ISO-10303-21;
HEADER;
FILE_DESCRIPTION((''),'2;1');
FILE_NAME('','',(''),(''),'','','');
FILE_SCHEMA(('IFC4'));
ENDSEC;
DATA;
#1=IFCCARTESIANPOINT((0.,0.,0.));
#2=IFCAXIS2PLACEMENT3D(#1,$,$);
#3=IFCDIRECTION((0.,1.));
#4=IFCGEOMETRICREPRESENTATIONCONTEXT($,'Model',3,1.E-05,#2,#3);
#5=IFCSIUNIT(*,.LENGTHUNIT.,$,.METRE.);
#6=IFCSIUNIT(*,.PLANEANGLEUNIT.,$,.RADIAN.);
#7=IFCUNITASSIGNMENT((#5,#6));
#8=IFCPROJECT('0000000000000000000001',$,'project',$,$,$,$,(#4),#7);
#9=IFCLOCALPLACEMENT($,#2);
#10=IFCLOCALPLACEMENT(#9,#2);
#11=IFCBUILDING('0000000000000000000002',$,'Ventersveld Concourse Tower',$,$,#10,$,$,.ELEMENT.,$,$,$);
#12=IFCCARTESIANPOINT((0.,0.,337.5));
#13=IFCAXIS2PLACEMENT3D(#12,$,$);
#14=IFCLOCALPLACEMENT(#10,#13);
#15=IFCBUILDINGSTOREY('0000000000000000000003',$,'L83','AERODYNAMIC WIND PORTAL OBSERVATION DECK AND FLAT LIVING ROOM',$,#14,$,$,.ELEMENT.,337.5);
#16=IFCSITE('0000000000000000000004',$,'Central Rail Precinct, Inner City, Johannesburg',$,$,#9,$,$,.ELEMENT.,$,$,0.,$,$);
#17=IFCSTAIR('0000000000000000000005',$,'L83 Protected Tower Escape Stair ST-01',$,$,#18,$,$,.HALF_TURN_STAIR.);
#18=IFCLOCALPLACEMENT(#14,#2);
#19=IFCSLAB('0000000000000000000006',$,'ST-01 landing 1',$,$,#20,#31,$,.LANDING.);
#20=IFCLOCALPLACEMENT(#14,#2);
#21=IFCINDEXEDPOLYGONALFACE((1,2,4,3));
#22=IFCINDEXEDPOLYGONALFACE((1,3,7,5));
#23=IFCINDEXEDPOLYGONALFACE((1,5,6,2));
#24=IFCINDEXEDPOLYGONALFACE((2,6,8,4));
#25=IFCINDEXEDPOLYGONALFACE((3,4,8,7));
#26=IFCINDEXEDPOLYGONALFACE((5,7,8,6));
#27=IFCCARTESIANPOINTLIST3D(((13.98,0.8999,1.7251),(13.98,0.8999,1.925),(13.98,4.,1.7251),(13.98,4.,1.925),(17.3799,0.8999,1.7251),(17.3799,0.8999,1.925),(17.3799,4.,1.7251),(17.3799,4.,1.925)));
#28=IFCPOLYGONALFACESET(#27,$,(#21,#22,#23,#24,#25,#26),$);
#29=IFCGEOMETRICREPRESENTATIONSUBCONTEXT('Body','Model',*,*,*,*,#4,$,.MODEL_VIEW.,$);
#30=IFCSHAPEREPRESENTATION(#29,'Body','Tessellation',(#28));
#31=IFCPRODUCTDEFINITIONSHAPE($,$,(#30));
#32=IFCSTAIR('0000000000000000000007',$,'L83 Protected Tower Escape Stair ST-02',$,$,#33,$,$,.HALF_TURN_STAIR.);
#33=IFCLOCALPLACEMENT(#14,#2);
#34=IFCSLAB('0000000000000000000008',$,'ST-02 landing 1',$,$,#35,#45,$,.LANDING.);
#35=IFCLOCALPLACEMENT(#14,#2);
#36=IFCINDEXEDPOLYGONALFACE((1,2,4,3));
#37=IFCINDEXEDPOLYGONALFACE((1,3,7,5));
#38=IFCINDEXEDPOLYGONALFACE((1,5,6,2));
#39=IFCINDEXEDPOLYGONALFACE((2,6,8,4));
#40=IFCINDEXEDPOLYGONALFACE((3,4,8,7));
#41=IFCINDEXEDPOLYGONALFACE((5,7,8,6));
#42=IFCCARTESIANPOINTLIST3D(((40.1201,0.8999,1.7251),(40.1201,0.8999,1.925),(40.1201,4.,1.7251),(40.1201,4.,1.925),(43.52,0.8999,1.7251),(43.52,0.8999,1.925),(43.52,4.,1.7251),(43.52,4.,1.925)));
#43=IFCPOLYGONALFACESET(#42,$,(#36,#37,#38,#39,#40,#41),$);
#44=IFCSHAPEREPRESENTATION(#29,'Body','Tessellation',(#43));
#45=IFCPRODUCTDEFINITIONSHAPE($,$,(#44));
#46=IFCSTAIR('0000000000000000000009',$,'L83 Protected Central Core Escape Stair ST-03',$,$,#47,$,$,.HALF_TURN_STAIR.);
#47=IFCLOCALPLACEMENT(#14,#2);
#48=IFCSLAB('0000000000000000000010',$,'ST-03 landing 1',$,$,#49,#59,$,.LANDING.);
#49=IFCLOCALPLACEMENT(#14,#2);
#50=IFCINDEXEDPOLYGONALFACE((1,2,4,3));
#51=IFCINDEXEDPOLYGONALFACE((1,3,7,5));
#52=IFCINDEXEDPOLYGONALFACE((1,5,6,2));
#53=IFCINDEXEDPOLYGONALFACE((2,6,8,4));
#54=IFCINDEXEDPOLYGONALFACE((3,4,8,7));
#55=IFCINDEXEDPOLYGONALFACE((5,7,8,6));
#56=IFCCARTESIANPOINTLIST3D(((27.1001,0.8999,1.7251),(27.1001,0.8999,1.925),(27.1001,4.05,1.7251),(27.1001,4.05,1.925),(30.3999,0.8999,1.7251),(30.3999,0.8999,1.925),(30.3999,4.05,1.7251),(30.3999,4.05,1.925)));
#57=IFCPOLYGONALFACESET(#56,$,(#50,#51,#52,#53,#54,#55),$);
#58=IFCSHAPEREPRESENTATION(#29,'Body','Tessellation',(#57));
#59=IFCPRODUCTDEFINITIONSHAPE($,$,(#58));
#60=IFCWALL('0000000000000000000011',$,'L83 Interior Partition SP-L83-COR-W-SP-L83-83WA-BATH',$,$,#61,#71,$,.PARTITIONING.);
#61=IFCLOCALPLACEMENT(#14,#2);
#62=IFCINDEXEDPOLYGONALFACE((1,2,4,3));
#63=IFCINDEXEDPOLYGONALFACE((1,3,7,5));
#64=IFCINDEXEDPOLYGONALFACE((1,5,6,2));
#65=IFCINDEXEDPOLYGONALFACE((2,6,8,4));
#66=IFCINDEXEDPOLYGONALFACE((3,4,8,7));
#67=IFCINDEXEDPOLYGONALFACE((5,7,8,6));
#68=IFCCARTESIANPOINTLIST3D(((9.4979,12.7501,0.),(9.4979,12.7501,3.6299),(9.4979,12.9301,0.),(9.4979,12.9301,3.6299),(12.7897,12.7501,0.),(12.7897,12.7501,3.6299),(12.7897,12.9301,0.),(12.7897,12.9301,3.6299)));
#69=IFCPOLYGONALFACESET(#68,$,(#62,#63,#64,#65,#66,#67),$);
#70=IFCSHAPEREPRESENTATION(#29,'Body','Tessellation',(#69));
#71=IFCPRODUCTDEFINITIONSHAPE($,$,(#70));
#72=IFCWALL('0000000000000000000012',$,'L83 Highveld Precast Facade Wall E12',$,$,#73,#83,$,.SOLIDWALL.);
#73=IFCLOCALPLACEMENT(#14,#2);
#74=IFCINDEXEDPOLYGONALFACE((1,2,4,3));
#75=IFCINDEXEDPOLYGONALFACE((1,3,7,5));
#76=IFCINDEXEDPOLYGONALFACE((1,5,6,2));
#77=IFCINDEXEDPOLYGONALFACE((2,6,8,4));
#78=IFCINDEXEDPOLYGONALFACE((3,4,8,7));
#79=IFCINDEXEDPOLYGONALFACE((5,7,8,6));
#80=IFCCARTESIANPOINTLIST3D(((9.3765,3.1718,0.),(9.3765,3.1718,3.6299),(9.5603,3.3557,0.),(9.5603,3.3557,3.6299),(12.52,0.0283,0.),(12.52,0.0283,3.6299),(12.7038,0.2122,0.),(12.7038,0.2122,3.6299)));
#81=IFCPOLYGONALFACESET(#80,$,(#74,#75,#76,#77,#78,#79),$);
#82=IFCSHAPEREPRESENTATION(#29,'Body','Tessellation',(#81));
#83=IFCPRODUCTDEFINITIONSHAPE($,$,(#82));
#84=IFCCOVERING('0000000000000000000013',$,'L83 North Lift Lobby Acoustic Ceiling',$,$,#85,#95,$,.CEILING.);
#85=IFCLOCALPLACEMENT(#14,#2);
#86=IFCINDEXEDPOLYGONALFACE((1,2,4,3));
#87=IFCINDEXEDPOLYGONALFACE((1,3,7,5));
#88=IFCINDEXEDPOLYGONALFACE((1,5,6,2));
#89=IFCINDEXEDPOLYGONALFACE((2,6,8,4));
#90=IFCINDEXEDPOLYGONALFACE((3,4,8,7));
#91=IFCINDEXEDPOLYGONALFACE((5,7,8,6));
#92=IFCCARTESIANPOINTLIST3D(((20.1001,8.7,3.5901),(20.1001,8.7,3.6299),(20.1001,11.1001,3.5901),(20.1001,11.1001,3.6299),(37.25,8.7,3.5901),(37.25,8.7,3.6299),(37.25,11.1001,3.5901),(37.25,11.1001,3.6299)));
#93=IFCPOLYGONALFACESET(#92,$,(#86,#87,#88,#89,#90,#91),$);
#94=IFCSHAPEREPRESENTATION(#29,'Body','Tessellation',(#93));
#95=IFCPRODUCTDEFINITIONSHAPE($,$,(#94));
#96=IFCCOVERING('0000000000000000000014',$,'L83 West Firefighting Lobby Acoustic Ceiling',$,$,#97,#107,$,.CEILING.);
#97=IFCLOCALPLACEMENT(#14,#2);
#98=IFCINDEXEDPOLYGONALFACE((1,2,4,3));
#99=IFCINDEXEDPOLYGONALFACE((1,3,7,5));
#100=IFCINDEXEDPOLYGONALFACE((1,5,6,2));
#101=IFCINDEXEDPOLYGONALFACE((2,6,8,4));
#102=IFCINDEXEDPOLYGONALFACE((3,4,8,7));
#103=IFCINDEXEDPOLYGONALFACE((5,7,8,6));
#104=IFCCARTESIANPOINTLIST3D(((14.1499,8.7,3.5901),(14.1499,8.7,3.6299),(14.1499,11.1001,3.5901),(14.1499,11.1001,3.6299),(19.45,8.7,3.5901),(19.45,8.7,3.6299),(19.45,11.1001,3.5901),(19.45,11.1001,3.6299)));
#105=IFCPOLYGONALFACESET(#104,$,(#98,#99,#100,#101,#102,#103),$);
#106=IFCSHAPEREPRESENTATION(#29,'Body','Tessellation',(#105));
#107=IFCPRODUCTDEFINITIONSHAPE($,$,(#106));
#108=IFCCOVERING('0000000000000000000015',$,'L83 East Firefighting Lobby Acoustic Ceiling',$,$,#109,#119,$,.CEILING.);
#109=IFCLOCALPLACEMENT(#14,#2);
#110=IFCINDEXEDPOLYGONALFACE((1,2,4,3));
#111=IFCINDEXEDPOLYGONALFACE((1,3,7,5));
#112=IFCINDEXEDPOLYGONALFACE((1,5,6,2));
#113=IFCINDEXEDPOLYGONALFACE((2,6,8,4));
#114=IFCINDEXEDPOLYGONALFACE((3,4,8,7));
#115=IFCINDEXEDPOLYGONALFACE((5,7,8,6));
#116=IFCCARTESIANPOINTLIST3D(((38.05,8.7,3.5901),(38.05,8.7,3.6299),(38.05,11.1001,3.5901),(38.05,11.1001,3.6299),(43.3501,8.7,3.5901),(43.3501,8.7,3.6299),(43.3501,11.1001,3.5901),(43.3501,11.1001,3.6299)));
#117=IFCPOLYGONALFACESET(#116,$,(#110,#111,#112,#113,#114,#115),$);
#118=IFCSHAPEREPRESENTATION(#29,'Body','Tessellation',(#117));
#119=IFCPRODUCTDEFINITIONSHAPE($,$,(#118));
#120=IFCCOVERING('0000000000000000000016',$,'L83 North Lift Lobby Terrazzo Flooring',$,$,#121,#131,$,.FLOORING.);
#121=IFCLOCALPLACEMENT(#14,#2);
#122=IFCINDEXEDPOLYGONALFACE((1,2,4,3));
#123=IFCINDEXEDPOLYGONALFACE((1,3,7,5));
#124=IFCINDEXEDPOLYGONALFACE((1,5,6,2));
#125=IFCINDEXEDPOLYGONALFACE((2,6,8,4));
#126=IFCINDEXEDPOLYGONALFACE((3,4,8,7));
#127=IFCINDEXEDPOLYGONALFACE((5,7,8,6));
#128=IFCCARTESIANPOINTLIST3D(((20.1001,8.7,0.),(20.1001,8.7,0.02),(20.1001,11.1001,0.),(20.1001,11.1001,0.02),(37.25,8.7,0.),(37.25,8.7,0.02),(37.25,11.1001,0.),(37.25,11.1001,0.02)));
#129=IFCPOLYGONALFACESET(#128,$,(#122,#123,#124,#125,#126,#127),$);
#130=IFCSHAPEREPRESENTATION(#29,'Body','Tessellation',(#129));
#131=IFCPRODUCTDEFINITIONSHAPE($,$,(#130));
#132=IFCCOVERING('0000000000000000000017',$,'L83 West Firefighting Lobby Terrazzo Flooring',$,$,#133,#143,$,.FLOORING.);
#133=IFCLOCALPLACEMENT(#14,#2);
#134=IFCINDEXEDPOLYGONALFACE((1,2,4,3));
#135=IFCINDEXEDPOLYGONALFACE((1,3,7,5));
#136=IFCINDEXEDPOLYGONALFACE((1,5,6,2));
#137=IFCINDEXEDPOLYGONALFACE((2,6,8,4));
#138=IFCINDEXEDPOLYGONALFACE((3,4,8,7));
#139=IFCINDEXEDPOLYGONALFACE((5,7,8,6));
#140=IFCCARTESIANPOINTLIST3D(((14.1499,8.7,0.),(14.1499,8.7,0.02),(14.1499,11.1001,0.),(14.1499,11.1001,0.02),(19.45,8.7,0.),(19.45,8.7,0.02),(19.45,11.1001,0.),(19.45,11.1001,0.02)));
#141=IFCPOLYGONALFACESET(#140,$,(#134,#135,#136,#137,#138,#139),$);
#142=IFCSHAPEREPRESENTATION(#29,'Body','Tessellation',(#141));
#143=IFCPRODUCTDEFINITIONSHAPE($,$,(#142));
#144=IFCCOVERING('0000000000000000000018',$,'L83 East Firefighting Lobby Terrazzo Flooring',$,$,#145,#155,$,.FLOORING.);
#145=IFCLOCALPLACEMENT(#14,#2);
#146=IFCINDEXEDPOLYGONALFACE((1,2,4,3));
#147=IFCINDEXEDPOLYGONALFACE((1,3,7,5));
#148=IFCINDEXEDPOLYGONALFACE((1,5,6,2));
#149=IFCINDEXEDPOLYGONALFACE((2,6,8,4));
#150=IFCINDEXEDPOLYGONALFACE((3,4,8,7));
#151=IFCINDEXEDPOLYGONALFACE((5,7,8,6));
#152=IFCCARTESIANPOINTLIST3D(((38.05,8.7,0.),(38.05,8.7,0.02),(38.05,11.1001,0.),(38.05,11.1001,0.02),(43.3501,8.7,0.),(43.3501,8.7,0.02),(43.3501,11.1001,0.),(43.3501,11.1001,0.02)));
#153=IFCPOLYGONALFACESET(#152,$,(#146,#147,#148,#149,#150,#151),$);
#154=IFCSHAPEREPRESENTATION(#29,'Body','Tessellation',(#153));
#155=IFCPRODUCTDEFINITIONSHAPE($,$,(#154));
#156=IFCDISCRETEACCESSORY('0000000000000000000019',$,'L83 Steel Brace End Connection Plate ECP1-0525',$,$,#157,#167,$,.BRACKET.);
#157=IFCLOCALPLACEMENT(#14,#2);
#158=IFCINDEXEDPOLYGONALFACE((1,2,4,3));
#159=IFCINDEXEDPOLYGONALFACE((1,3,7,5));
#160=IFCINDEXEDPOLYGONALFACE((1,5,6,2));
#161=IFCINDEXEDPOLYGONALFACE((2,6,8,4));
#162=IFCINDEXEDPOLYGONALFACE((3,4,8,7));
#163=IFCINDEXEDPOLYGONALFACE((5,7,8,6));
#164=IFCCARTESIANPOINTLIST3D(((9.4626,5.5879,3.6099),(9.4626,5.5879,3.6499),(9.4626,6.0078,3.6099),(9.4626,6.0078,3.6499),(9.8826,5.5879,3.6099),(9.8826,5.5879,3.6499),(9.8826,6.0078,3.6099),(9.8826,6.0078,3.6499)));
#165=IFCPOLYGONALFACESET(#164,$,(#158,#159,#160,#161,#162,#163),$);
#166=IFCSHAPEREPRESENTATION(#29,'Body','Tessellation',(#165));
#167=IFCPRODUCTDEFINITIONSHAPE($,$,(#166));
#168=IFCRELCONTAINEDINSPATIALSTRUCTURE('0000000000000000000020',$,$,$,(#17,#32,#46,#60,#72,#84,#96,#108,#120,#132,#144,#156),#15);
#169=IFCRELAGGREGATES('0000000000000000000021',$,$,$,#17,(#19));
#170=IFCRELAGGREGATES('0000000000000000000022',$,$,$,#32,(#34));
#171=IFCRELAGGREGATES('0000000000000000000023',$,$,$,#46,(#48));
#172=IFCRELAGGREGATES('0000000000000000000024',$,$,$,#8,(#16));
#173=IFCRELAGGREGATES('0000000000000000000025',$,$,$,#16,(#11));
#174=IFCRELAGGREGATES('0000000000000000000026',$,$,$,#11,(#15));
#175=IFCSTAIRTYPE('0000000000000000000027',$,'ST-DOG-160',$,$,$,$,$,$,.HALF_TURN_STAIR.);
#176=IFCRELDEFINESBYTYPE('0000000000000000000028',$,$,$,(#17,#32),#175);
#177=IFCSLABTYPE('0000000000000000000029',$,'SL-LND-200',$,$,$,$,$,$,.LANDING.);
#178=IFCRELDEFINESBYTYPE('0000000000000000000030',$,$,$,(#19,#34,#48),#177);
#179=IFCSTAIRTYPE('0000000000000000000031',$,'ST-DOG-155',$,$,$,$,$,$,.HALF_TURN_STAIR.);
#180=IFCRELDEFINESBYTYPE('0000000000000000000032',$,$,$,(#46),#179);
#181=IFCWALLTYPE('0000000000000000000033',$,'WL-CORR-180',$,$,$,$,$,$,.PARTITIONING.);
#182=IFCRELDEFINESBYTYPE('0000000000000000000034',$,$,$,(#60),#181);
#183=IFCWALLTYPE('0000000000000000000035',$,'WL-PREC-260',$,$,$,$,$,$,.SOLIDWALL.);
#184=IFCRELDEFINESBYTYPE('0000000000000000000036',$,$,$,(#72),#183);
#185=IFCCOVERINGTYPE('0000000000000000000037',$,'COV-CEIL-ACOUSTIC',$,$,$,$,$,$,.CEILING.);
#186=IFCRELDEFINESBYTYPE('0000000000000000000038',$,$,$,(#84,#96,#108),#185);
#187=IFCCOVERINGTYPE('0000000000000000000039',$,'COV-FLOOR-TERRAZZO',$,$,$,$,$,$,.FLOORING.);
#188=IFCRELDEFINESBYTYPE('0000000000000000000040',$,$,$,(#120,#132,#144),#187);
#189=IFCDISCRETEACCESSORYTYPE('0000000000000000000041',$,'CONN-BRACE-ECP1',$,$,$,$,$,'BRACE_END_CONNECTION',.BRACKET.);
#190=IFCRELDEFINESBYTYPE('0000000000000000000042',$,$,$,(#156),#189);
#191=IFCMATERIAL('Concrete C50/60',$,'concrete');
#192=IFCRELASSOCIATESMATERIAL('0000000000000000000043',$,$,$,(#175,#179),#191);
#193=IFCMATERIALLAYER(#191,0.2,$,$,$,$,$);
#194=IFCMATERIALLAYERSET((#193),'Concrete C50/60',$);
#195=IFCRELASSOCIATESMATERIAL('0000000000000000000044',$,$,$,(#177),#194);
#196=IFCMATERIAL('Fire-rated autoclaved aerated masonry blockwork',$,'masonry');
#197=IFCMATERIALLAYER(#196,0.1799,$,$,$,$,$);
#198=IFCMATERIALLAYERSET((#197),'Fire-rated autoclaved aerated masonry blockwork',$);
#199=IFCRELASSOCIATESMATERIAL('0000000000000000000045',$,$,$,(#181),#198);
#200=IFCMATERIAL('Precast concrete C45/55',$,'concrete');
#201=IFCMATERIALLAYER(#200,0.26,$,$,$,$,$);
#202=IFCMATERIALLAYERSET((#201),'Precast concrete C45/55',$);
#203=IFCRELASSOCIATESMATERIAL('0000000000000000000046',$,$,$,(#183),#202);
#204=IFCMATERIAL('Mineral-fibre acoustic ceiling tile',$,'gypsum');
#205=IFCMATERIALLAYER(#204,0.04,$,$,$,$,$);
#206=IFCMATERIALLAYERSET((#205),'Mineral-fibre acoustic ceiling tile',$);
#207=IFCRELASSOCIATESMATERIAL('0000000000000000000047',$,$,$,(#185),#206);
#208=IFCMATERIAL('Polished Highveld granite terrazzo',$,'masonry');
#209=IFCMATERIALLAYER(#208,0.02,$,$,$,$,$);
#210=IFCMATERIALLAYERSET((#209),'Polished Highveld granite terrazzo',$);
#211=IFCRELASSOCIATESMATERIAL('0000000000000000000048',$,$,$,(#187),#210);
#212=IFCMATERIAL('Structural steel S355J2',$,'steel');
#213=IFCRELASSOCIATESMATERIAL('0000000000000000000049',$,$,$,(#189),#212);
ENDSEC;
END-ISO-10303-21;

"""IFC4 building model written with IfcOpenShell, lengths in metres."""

from ifc_helpers import new_model, si_unit, direction, frame, frame_2d, origin, origin_2d, place, context, subcontext, project, spatial, polyline, rectangle, outline, extrude, material, layer, layer_set, type_object, element, aggregate, save


model = new_model("IFC4")

# Units and contexts
model_context = context("Model", 3, precision=1e-05, world=origin(), true_north=direction((0.0, 1.0)))
body_context = subcontext(model_context, "Body", "Model", "MODEL_VIEW")
ifc_project = project(units=[si_unit("LENGTHUNIT", "METRE"), si_unit("PLANEANGLEUNIT", "RADIAN")], contexts=[model_context])

# Site, building, storey
site_placement = place(None, origin())
site = spatial("IfcSite", under=ifc_project, at=site_placement, Name="Central Rail Precinct, Inner City, Johannesburg", CompositionType="ELEMENT", RefElevation=0.0)
building_placement = place(site_placement, origin())
building = spatial("IfcBuilding", under=site, at=building_placement, Name="Ventersveld Concourse Tower", CompositionType="ELEMENT")
storey_placement = place(building_placement, frame((0.0, 0.0, 337.5)))
storey = spatial("IfcBuildingStorey", under=building, at=storey_placement, Name="L83", Description="AERODYNAMIC WIND PORTAL OBSERVATION DECK AND FLAT LIVING ROOM", CompositionType="ELEMENT", Elevation=337.5)

# Shared definitions
ifc_material_1 = material(Name="Structural steel S355J2", Category="steel")

# Shared definitions
ifc_material_2 = material(Name="Concrete C50/60", Category="concrete")

# Stairs, slabs
stair_type_1 = type_object("IfcStairType", Name="ST-DOG-160", PredefinedType="HALF_TURN_STAIR", material=ifc_material_2)
stair_1_placement = place(storey_placement, origin())
stair_1 = element("IfcStair", 1, at=stair_1_placement, inside=storey, type_object=stair_type_1, Name="L83 Protected Tower Escape Stair ST-01", PredefinedType="HALF_TURN_STAIR")
ifc_layer_1 = layer(ifc_material_2, 0.2)
ifc_layer_set_1 = layer_set([ifc_layer_1], Name="Concrete C50/60")
slab_type_1 = type_object("IfcSlabType", Name="SL-LND-200", PredefinedType="LANDING", material=ifc_layer_set_1)
slab_1_placement = place(storey_placement, frame((0.0, 0.0, 1.7251)))
slab_1 = element("IfcSlab", 2, at=slab_1_placement, type_object=slab_type_1, Name="ST-01 landing 1", PredefinedType="LANDING", context=body_context, shape_type="SweptSolid", body=[
    extrude(outline(polyline([(13.98, 4.0), (13.98, 0.8999), (17.3799, 0.8999), (17.3799, 4.0), (13.98, 4.0)])), origin(), (0.0, 0.0, 1.0), 0.2),
])
aggregate(stair_1, [slab_1])
stair_2_placement = place(storey_placement, origin())
stair_2 = element("IfcStair", 3, at=stair_2_placement, inside=storey, type_object=stair_type_1, Name="L83 Protected Tower Escape Stair ST-02", PredefinedType="HALF_TURN_STAIR")
slab_2_placement = place(storey_placement, frame((0.0, 0.0, 1.7251)))
slab_2 = element("IfcSlab", 4, at=slab_2_placement, type_object=slab_type_1, Name="ST-02 landing 1", PredefinedType="LANDING", context=body_context, shape_type="SweptSolid", body=[
    extrude(outline(polyline([(40.1201, 4.0), (40.1201, 0.8999), (43.52, 0.8999), (43.52, 4.0), (40.1201, 4.0)])), origin(), (0.0, 0.0, 1.0), 0.2),
])
aggregate(stair_2, [slab_2])
stair_type_2 = type_object("IfcStairType", Name="ST-DOG-155", PredefinedType="HALF_TURN_STAIR", material=ifc_material_2)
stair_3_placement = place(storey_placement, origin())
stair_3 = element("IfcStair", 5, at=stair_3_placement, inside=storey, type_object=stair_type_2, Name="L83 Protected Central Core Escape Stair ST-03", PredefinedType="HALF_TURN_STAIR")
slab_3_placement = place(storey_placement, frame((0.0, 0.0, 1.7251)))
slab_3 = element("IfcSlab", 6, at=slab_3_placement, type_object=slab_type_1, Name="ST-03 landing 1", PredefinedType="LANDING", context=body_context, shape_type="SweptSolid", body=[
    extrude(outline(polyline([(27.1001, 4.05), (27.1001, 0.8999), (30.3999, 0.8999), (30.3999, 4.05), (27.1001, 4.05)])), origin(), (0.0, 0.0, 1.0), 0.2),
])
aggregate(stair_3, [slab_3])

# Shared definitions
ifc_material_3 = material(Name="Fire-rated autoclaved aerated masonry blockwork", Category="masonry")
ifc_layer_2 = layer(ifc_material_3, 0.1799)
ifc_layer_set_2 = layer_set([ifc_layer_2], Name="Fire-rated autoclaved aerated masonry blockwork")
wall_type_1 = type_object("IfcWallType", Name="WL-CORR-180", PredefinedType="PARTITIONING", material=ifc_layer_set_2)

# Walls
wall_1_placement = place(storey_placement, frame((9.4978, 12.8401, 0.0), z_axis=(0.0, 0.0, 1.0), x_axis=(1.0, 0.0, 0.0)))
element("IfcWall", 7, at=wall_1_placement, inside=storey, type_object=wall_type_1, Name="L83 Interior Partition SP-L83-COR-W-SP-L83-83WA-BATH", PredefinedType="PARTITIONING", context=body_context, shape_type="SweptSolid", body=[
    extrude(rectangle(XDim=3.2917, YDim=0.1799, at=frame_2d((1.646, 0.0))), origin(), (0.0, 0.0, 1.0), 3.6299),
])
ifc_material_4 = material(Name="Precast concrete C45/55", Category="concrete")
ifc_layer_3 = layer(ifc_material_4, 0.26)
ifc_layer_set_3 = layer_set([ifc_layer_3], Name="Precast concrete C45/55")
wall_type_2 = type_object("IfcWallType", Name="WL-PREC-260", PredefinedType="SOLIDWALL", material=ifc_layer_set_3)
wall_2_placement = place(storey_placement, frame((9.4685, 3.2637, 0.0), z_axis=(0.0, 0.0, 1.0), x_axis=(0.707107, -0.707107, 0.0)))
element("IfcWall", 8, at=wall_2_placement, inside=storey, type_object=wall_type_2, Name="L83 Highveld Precast Facade Wall E12", PredefinedType="SOLIDWALL", context=body_context, shape_type="SweptSolid", body=[
    extrude(rectangle(XDim=4.4456, YDim=0.26, at=frame_2d((2.2227, 0.0))), origin(), (0.0, 0.0, 1.0), 3.6299),
])

# Coverings
ifc_material_5 = material(Name="Mineral-fibre acoustic ceiling tile", Category="gypsum")
ifc_layer_4 = layer(ifc_material_5, 0.04)
ifc_layer_set_4 = layer_set([ifc_layer_4], Name="Mineral-fibre acoustic ceiling tile")
covering_type_1 = type_object("IfcCoveringType", Name="COV-CEIL-ACOUSTIC", PredefinedType="CEILING", material=ifc_layer_set_4)
covering_1_placement = place(storey_placement, frame((0.0, 0.0, 3.5901)))
element("IfcCovering", 9, at=covering_1_placement, inside=storey, type_object=covering_type_1, Name="L83 North Lift Lobby Acoustic Ceiling", PredefinedType="CEILING", context=body_context, shape_type="SweptSolid", body=[
    extrude(outline(polyline([(20.1001, 8.7), (37.25, 8.7), (37.25, 11.1001), (20.1001, 11.1001), (20.1001, 8.7)])), origin(), (0.0, 0.0, 1.0), 0.0398),
])
covering_2_placement = place(storey_placement, frame((0.0, 0.0, 3.5901)))
element("IfcCovering", 10, at=covering_2_placement, inside=storey, type_object=covering_type_1, Name="L83 West Firefighting Lobby Acoustic Ceiling", PredefinedType="CEILING", context=body_context, shape_type="SweptSolid", body=[
    extrude(outline(polyline([(14.1499, 8.7), (19.45, 8.7), (19.45, 11.1001), (14.1499, 11.1001), (14.1499, 8.7)])), origin(), (0.0, 0.0, 1.0), 0.0398),
])
covering_3_placement = place(storey_placement, frame((0.0, 0.0, 3.5901)))
element("IfcCovering", 11, at=covering_3_placement, inside=storey, type_object=covering_type_1, Name="L83 East Firefighting Lobby Acoustic Ceiling", PredefinedType="CEILING", context=body_context, shape_type="SweptSolid", body=[
    extrude(outline(polyline([(38.05, 8.7), (43.3501, 8.7), (43.3501, 11.1001), (38.05, 11.1001), (38.05, 8.7)])), origin(), (0.0, 0.0, 1.0), 0.0398),
])
ifc_material_6 = material(Name="Polished Highveld granite terrazzo", Category="masonry")
ifc_layer_5 = layer(ifc_material_6, 0.02)
ifc_layer_set_5 = layer_set([ifc_layer_5], Name="Polished Highveld granite terrazzo")
covering_type_2 = type_object("IfcCoveringType", Name="COV-FLOOR-TERRAZZO", PredefinedType="FLOORING", material=ifc_layer_set_5)
covering_4_placement = place(storey_placement, origin())
element("IfcCovering", 12, at=covering_4_placement, inside=storey, type_object=covering_type_2, Name="L83 North Lift Lobby Terrazzo Flooring", PredefinedType="FLOORING", context=body_context, shape_type="SweptSolid", body=[
    extrude(outline(polyline([(20.1001, 8.7), (37.25, 8.7), (37.25, 11.1001), (20.1001, 11.1001), (20.1001, 8.7)])), origin(), (0.0, 0.0, 1.0), 0.02),
])
covering_5_placement = place(storey_placement, origin())
element("IfcCovering", 13, at=covering_5_placement, inside=storey, type_object=covering_type_2, Name="L83 West Firefighting Lobby Terrazzo Flooring", PredefinedType="FLOORING", context=body_context, shape_type="SweptSolid", body=[
    extrude(outline(polyline([(14.1499, 8.7), (19.45, 8.7), (19.45, 11.1001), (14.1499, 11.1001), (14.1499, 8.7)])), origin(), (0.0, 0.0, 1.0), 0.02),
])
covering_6_placement = place(storey_placement, origin())
element("IfcCovering", 14, at=covering_6_placement, inside=storey, type_object=covering_type_2, Name="L83 East Firefighting Lobby Terrazzo Flooring", PredefinedType="FLOORING", context=body_context, shape_type="SweptSolid", body=[
    extrude(outline(polyline([(38.05, 8.7), (43.3501, 8.7), (43.3501, 11.1001), (38.05, 11.1001), (38.05, 8.7)])), origin(), (0.0, 0.0, 1.0), 0.02),
])

# Discrete accessory
discrete_accessory_type = type_object("IfcDiscreteAccessoryType", Name="CONN-BRACE-ECP1", ElementType="BRACE_END_CONNECTION", PredefinedType="BRACKET", material=ifc_material_1)
discrete_accessory_placement = place(storey_placement, frame((9.6726, 5.7979, 3.6099), z_axis=(0.0, 0.0, 1.0), x_axis=(1.0, 0.0, 0.0)))
element("IfcDiscreteAccessory", 15, at=discrete_accessory_placement, inside=storey, type_object=discrete_accessory_type, Name="L83 Steel Brace End Connection Plate ECP1-0525", PredefinedType="BRACKET", context=body_context, shape_type="SweptSolid", body=[
    extrude(rectangle(XDim=0.4199, YDim=0.4199, at=origin_2d()), origin(), (0.0, 0.0, 1.0), 0.04),
])

save(model, "model.ifc")
